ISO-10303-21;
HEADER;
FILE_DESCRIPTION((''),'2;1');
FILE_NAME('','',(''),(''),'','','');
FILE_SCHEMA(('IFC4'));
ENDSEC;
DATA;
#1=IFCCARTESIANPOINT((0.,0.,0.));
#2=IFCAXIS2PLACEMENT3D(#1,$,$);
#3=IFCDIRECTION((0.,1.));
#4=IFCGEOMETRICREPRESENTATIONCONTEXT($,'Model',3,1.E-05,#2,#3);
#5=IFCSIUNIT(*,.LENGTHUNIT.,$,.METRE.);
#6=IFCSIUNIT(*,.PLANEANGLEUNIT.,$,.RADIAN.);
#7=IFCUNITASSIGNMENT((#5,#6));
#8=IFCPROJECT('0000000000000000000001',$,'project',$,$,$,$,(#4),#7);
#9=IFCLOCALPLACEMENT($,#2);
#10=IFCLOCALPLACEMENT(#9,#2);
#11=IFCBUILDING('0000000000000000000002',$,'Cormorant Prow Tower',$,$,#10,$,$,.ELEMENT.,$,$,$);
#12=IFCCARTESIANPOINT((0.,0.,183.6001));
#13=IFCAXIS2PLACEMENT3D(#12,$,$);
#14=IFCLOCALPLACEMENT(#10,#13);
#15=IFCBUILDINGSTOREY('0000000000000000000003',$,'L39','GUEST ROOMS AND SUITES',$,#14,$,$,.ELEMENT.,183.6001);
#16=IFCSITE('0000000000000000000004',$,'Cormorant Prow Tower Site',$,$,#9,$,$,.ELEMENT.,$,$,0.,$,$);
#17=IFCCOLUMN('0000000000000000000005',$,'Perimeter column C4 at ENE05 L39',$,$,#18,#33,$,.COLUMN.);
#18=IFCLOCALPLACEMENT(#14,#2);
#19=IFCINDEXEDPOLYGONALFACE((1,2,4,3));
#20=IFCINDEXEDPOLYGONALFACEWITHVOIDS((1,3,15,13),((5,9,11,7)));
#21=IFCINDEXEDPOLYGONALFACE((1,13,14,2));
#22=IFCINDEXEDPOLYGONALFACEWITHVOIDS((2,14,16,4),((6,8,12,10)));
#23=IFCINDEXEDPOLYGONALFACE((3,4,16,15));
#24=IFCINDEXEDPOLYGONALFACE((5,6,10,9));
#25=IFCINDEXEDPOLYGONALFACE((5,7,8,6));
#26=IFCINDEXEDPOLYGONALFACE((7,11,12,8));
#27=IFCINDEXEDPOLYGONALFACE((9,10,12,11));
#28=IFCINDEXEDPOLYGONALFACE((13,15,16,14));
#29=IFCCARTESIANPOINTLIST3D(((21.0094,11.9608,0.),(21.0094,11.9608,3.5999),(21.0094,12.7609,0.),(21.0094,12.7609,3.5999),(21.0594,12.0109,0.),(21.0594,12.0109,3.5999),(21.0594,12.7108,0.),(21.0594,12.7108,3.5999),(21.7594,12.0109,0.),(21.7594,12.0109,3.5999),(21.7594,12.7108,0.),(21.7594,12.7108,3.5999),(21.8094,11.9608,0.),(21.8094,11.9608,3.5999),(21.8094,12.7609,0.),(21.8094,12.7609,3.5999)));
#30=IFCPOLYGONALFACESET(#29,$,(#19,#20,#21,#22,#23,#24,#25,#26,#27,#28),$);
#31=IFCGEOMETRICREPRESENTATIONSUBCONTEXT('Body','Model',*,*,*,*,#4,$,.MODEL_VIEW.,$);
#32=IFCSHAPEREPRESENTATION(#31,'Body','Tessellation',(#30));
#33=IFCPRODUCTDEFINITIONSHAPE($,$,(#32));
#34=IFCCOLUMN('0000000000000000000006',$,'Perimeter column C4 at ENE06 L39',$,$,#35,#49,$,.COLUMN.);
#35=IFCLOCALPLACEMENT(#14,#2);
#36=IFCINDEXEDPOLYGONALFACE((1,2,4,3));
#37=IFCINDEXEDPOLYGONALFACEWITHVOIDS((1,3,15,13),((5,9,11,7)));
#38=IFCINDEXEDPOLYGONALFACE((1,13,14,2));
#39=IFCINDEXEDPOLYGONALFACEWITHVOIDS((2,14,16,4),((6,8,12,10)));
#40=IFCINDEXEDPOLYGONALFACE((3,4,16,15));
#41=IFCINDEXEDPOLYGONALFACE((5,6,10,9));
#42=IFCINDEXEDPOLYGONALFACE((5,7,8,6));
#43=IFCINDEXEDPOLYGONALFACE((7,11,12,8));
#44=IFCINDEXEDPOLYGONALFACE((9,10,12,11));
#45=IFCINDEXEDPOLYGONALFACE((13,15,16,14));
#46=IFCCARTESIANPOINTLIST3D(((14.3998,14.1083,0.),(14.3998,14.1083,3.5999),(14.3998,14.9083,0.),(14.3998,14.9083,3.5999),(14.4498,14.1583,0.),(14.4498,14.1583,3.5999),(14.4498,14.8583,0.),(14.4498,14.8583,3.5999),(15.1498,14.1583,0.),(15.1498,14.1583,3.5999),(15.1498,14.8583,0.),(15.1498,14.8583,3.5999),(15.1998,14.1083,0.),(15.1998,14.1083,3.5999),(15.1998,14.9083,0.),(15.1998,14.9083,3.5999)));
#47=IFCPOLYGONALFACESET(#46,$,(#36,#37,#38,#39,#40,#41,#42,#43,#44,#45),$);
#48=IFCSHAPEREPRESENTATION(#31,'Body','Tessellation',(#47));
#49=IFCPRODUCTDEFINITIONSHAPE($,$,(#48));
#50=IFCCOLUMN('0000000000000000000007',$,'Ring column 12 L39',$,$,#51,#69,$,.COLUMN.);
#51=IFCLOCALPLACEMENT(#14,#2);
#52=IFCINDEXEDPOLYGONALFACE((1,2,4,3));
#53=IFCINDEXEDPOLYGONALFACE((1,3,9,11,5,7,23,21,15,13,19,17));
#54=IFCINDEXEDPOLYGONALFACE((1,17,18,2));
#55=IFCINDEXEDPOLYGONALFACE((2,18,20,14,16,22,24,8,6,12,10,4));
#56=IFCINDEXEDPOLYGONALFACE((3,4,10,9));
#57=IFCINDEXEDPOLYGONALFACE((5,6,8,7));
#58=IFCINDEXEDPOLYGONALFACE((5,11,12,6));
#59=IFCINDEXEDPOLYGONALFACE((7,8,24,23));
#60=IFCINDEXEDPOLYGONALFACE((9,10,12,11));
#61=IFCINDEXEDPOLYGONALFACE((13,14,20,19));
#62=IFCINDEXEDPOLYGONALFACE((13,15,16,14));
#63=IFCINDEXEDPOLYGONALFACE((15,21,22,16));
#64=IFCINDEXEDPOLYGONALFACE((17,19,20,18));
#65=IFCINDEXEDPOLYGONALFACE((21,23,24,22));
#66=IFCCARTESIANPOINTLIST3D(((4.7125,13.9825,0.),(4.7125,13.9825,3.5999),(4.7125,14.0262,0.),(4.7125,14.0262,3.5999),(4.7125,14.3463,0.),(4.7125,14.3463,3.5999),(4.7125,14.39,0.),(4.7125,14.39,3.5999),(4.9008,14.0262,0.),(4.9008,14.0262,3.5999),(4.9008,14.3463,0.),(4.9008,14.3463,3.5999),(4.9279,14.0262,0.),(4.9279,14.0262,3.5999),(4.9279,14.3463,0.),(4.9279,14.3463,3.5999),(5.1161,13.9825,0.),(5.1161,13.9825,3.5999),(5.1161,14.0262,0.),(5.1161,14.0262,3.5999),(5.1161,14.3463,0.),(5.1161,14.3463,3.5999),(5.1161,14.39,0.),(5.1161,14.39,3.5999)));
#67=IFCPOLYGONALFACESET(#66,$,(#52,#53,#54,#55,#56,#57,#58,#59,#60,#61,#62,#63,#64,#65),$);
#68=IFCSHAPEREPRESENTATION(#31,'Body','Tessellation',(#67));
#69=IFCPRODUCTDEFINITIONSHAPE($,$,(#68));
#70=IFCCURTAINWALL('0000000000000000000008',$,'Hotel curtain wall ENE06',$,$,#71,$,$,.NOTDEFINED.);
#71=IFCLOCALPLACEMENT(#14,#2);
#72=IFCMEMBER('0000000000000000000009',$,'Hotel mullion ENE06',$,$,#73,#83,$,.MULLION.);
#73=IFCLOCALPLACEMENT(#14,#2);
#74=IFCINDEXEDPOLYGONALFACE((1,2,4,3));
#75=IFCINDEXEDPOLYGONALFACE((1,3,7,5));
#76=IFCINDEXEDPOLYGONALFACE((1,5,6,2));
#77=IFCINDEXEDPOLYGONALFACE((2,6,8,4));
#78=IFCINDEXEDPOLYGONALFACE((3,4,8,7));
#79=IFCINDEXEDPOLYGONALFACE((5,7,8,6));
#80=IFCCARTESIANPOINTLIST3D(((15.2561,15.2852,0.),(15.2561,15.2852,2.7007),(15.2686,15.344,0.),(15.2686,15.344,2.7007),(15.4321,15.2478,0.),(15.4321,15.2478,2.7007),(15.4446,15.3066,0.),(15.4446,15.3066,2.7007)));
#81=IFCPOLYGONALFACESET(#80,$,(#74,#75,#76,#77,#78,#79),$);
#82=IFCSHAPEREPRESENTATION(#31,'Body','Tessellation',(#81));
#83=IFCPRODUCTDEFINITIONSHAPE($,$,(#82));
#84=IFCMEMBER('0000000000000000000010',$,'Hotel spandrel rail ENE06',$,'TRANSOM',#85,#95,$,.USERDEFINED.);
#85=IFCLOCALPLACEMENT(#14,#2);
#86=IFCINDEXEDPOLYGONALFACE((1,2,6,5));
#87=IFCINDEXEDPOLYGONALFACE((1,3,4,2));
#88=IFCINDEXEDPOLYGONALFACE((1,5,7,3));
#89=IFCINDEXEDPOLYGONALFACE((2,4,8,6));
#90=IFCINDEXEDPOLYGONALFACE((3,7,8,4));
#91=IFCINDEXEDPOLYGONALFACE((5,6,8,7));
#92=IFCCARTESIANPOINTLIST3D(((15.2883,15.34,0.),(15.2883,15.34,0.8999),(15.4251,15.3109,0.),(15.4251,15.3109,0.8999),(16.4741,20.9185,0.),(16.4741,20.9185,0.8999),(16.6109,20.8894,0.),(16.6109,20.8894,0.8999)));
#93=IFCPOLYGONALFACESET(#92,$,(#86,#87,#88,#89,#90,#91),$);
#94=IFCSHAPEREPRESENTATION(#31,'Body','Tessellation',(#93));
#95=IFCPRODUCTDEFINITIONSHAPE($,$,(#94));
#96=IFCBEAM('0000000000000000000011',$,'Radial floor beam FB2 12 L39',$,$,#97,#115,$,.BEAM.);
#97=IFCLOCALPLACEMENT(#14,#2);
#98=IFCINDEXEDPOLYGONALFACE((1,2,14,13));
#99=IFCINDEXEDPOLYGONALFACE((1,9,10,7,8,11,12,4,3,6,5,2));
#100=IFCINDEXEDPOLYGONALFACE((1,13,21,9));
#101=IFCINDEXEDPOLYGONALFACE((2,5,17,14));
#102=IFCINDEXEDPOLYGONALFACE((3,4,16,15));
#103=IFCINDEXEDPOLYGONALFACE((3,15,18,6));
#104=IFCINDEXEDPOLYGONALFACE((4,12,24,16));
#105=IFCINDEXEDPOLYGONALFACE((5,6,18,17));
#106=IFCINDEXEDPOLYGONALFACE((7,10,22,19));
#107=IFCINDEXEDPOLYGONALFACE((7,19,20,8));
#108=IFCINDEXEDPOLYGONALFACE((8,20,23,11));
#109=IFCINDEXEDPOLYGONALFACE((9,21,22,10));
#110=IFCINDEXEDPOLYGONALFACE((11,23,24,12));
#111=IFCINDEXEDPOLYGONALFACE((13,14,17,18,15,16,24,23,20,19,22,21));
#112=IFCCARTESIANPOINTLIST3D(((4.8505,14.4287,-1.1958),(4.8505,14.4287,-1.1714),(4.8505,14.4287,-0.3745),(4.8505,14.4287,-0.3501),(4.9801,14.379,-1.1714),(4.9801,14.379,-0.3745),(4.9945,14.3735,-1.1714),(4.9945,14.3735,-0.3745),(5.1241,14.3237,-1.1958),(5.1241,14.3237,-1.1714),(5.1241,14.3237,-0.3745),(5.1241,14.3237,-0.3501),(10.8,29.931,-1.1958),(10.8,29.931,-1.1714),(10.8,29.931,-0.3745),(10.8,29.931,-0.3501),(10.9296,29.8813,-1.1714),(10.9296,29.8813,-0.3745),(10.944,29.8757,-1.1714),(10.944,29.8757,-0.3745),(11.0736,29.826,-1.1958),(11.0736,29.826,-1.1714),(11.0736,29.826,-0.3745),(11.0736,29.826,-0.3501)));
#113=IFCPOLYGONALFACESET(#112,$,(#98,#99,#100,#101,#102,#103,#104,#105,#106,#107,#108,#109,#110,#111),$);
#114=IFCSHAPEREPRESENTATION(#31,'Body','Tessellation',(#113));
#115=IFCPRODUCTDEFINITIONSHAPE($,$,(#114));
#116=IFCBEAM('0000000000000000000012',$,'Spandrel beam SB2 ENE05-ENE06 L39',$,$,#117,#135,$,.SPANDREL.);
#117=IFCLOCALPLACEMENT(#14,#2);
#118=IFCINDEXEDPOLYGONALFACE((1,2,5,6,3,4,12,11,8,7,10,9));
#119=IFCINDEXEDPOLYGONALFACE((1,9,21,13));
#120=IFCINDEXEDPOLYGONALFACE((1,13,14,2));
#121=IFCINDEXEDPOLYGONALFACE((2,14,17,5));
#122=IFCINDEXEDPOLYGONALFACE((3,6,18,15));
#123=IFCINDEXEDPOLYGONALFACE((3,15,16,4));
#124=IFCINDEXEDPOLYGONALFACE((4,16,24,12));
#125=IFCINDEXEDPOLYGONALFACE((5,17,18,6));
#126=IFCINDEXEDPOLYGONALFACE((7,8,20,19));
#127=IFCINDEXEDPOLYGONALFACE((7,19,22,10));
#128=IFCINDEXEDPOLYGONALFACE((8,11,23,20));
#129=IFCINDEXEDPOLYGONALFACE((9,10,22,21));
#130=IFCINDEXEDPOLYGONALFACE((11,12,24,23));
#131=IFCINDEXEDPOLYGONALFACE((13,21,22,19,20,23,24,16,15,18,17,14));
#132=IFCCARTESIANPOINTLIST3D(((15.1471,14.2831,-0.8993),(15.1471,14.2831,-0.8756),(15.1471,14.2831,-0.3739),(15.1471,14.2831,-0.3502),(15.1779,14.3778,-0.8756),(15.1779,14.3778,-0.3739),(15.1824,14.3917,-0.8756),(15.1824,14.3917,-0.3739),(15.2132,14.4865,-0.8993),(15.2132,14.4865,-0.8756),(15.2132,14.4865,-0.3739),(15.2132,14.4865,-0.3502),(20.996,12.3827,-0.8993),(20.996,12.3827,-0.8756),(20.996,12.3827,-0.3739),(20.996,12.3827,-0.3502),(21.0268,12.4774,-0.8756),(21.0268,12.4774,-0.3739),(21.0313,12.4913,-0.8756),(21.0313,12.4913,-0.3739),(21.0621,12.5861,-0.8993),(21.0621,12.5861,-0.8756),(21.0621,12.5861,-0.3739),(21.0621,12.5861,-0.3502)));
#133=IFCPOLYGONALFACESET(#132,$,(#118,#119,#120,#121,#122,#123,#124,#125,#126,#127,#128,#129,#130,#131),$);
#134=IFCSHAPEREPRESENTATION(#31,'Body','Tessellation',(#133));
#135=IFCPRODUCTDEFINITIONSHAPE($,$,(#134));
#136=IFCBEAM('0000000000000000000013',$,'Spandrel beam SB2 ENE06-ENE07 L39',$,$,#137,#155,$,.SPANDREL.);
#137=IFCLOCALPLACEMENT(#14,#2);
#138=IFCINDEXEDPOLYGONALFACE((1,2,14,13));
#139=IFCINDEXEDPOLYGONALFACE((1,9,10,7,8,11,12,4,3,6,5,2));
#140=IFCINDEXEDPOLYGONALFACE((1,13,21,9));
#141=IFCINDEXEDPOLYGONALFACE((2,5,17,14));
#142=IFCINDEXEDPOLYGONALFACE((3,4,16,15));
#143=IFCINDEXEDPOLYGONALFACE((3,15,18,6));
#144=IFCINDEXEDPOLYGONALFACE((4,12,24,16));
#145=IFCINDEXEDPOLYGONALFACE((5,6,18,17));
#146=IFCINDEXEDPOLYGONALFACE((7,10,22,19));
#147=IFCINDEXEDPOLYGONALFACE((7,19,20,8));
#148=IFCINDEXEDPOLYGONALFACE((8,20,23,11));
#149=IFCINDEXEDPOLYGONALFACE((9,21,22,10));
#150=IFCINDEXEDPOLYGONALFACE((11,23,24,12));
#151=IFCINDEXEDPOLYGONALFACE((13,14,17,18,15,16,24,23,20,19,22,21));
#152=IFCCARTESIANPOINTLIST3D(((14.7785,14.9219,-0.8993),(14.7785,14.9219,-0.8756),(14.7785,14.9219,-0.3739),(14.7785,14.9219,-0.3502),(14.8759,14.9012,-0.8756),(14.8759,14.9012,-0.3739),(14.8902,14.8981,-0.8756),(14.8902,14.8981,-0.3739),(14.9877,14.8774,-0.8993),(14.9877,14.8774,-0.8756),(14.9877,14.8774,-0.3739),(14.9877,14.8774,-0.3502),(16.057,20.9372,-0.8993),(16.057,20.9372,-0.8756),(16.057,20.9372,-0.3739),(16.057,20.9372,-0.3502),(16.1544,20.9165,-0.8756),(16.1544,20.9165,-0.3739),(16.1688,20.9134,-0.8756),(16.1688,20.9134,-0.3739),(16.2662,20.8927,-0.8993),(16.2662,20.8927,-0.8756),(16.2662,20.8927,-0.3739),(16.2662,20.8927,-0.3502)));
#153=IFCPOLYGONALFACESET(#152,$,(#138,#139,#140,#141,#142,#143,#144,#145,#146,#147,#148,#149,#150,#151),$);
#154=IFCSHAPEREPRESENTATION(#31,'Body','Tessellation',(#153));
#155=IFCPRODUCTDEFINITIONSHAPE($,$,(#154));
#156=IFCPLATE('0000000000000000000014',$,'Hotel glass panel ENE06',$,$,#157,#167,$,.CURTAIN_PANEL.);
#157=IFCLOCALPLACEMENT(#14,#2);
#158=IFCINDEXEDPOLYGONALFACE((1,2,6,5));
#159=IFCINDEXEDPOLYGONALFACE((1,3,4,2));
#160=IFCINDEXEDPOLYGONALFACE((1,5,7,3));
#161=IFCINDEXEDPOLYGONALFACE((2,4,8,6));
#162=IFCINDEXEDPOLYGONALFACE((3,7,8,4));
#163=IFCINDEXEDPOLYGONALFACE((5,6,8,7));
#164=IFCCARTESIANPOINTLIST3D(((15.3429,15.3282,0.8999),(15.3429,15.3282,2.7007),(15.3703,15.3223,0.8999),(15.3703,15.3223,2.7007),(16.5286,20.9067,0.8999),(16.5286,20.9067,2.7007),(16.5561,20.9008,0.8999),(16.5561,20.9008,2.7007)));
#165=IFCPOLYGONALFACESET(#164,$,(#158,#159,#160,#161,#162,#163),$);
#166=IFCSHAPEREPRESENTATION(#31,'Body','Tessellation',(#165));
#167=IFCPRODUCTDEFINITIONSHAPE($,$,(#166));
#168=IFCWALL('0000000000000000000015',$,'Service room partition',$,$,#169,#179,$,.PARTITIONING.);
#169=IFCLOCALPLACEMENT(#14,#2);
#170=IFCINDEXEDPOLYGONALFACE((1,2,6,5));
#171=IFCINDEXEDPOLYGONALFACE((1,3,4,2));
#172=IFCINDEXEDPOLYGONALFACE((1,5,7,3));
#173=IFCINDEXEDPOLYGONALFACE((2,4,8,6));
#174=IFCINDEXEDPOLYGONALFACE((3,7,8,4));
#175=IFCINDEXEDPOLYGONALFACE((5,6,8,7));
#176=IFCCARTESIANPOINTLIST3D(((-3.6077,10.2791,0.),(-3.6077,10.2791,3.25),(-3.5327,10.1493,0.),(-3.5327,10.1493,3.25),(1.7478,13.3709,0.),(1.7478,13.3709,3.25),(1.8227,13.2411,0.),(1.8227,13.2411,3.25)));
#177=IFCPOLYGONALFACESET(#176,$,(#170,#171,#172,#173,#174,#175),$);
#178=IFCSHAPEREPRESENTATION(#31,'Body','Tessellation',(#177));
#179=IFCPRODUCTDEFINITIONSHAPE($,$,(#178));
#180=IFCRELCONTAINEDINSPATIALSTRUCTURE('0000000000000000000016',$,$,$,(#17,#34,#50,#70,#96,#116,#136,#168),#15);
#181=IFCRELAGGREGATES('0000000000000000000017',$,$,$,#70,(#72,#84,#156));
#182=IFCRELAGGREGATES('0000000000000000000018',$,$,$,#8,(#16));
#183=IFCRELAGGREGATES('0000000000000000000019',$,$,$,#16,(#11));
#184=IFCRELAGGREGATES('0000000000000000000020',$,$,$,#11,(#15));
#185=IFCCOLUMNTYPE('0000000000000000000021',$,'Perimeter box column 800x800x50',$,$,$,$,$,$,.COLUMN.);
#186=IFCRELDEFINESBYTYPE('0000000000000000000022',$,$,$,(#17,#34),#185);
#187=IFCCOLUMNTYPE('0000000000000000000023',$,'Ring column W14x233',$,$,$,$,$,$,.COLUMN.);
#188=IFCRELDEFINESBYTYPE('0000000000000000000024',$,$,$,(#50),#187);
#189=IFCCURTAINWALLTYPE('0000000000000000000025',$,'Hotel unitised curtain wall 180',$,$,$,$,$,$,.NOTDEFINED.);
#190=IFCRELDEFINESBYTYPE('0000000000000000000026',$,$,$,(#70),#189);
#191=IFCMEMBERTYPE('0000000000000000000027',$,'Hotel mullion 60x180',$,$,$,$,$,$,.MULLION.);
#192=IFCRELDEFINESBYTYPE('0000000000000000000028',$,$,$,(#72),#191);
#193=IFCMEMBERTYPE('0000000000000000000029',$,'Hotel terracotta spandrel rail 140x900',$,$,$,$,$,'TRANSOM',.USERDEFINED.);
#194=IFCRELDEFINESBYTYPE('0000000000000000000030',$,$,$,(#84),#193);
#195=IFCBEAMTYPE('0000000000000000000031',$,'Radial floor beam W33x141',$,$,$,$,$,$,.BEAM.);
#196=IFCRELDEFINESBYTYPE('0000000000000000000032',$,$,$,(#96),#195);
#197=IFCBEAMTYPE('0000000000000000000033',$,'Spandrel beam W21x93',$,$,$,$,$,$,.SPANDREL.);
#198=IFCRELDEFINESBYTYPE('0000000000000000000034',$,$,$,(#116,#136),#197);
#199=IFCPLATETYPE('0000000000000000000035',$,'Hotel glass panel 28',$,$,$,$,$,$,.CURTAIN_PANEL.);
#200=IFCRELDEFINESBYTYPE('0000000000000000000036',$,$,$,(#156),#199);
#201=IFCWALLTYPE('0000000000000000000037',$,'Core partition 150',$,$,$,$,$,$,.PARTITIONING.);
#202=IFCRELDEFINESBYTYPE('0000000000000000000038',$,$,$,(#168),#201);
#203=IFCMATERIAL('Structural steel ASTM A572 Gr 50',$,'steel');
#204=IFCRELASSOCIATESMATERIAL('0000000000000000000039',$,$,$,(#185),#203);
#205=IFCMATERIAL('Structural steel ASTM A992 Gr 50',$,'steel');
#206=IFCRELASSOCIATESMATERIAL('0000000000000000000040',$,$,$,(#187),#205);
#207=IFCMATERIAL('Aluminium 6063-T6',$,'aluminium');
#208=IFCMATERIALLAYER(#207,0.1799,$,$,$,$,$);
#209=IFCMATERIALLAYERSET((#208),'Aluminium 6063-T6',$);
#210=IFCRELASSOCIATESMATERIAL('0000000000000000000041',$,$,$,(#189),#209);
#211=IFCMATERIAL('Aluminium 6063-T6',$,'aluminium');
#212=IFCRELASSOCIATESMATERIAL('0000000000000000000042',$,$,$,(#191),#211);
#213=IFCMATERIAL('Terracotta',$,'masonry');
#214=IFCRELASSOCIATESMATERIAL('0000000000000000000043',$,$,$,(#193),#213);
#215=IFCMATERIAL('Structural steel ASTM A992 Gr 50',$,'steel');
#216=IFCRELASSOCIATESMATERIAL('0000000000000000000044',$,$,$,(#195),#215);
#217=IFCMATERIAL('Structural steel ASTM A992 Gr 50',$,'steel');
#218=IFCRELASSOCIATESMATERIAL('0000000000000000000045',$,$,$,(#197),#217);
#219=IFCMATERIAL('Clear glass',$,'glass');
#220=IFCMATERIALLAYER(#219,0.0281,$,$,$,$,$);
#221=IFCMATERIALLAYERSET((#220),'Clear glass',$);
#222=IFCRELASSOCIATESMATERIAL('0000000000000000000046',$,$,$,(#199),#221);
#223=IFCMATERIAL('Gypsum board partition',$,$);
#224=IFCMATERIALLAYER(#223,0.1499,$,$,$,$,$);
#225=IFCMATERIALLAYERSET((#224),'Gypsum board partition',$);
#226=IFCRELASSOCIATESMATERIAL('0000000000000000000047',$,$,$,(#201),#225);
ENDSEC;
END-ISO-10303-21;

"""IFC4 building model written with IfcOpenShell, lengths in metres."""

from ifc_helpers import new_model, si_unit, direction, frame, frame_2d, origin, origin_2d, place, context, subcontext, project, spatial, rectangle, hollow_rectangle, i_section, extrude, material, layer, layer_set, material_profile, profile_set, type_object, element, aggregate, save


model = new_model("IFC4")

# Units and contexts
model_context = context("Model", 3, precision=1e-05, world=origin(), true_north=direction((0.0, 1.0)))
body_context = subcontext(model_context, "Body", "Model", "MODEL_VIEW")
ifc_project = project(units=[si_unit("LENGTHUNIT", "METRE"), si_unit("PLANEANGLEUNIT", "RADIAN")], contexts=[model_context])

# Site, building, storey
site_placement = place(None, origin())
site = spatial("IfcSite", under=ifc_project, at=site_placement, Name="Cormorant Prow Tower Site", CompositionType="ELEMENT", RefElevation=0.0)
building_placement = place(site_placement, origin())
building = spatial("IfcBuilding", under=site, at=building_placement, Name="Cormorant Prow Tower", CompositionType="ELEMENT")
storey_placement = place(building_placement, frame((0.0, 0.0, 183.6001)))
storey = spatial("IfcBuildingStorey", under=building, at=storey_placement, Name="L39", Description="GUEST ROOMS AND SUITES", CompositionType="ELEMENT", Elevation=183.6001)

# Columns
ifc_material_1 = material(Name="Structural steel ASTM A572 Gr 50", Category="steel")
ifc_material_profile_1 = material_profile(ifc_material_1, hollow_rectangle(XDim=0.8, YDim=0.8, WallThickness=0.05, at=origin_2d()), Name="Box 800x800x50")
ifc_profile_set_1 = profile_set([ifc_material_profile_1], Name="Structural steel ASTM A572 Gr 50")
column_type_1 = type_object("IfcColumnType", Name="Perimeter box column 800x800x50", PredefinedType="COLUMN", material=ifc_profile_set_1)
for number, where, z_axis, x_axis, name in (
    (1, (21.4094, 12.3608, 0.0), (0.0, 0.0, 1.0), (1.0, 0.0, 0.0), "Perimeter column C4 at ENE05 L39"),
    (2, (14.7998, 14.5083, 0.0), (0.0, 0.0, 1.0), (1.0, 0.0, 0.0), "Perimeter column C4 at ENE06 L39"),
):
    element("IfcColumn", number, at=place(storey_placement, frame(where, z_axis=z_axis, x_axis=x_axis)), inside=storey, type_object=column_type_1, Name=name, PredefinedType="COLUMN", context=body_context, shape_type="SweptSolid", body=[
        extrude(hollow_rectangle(XDim=0.8, YDim=0.8, WallThickness=0.05, at=origin_2d()), origin(), (0.0, 0.0, 1.0), 3.5999),
    ])
ifc_material_2 = material(Name="Structural steel ASTM A992 Gr 50", Category="steel")
ifc_material_profile_2 = material_profile(ifc_material_2, i_section(OverallWidth=0.4036, OverallDepth=0.4075, WebThickness=0.0271, FlangeThickness=0.0437, at=origin_2d()), Name="W14x233")
ifc_profile_set_2 = profile_set([ifc_material_profile_2], Name="Structural steel ASTM A992 Gr 50")
column_type_2 = type_object("IfcColumnType", Name="Ring column W14x233", PredefinedType="COLUMN", material=ifc_profile_set_2)
column_placement = place(storey_placement, frame((4.9143, 14.1863, 0.0), z_axis=(0.0, 0.0, 1.0), x_axis=(1.0, 0.0, 0.0)))
element("IfcColumn", 3, at=column_placement, inside=storey, type_object=column_type_2, Name="Ring column 12 L39", PredefinedType="COLUMN", context=body_context, shape_type="SweptSolid", body=[
    extrude(i_section(OverallWidth=0.4036, OverallDepth=0.4075, WebThickness=0.0271, FlangeThickness=0.0437, at=origin_2d()), origin(), (0.0, 0.0, 1.0), 3.5999),
])

# Curtain wall, members
ifc_material_3 = material(Name="Aluminium 6063-T6", Category="aluminium")
ifc_layer_1 = layer(ifc_material_3, 0.1799)
ifc_layer_set_1 = layer_set([ifc_layer_1], Name="Aluminium 6063-T6")
curtain_wall_type = type_object("IfcCurtainWallType", Name="Hotel unitised curtain wall 180", PredefinedType="NOTDEFINED", material=ifc_layer_set_1)
curtain_wall_placement = place(storey_placement, origin())
curtain_wall = element("IfcCurtainWall", 4, at=curtain_wall_placement, inside=storey, type_object=curtain_wall_type, Name="Hotel curtain wall ENE06", PredefinedType="NOTDEFINED")
ifc_material_4 = material(Name="Aluminium 6063-T6", Category="aluminium")
ifc_material_profile_3 = material_profile(ifc_material_4, rectangle(XDim=0.1799, YDim=0.0601, at=origin_2d()), Name="Hotel mullion 60x180")
ifc_profile_set_3 = profile_set([ifc_material_profile_3], Name="Aluminium 6063-T6")
member_type_1 = type_object("IfcMemberType", Name="Hotel mullion 60x180", PredefinedType="MULLION", material=ifc_profile_set_3)
member_1_placement = place(storey_placement, frame((15.3503, 15.2959, 0.0), z_axis=(0.0, 0.0, 1.0), x_axis=(-0.978148, 0.207912, 0.0)))
member_1 = element("IfcMember", 5, at=member_1_placement, type_object=member_type_1, Name="Hotel mullion ENE06", PredefinedType="MULLION", context=body_context, shape_type="SweptSolid", body=[
    extrude(rectangle(XDim=0.1799, YDim=0.0601, at=origin_2d()), origin(), (0.0, 0.0, 1.0), 2.7007),
])
ifc_material_5 = material(Name="Terracotta", Category="masonry")
ifc_material_profile_4 = material_profile(ifc_material_5, rectangle(XDim=0.1399, YDim=0.8999, at=origin_2d()), Name="Hotel terracotta spandrel rail 140x900")
ifc_profile_set_4 = profile_set([ifc_material_profile_4], Name="Terracotta")
member_type_2 = type_object("IfcMemberType", Name="Hotel terracotta spandrel rail 140x900", ElementType="TRANSOM", PredefinedType="USERDEFINED", material=ifc_profile_set_4)
member_2_placement = place(storey_placement, frame((15.3567, 15.3254, 0.45), z_axis=(0.207924, 0.978145, 0.0), x_axis=(-0.978145, 0.207924, 0.0)))
member_2 = element("IfcMember", 6, at=member_2_placement, type_object=member_type_2, Name="Hotel spandrel rail ENE06", ObjectType="TRANSOM", PredefinedType="USERDEFINED", context=body_context, shape_type="SweptSolid", body=[
    extrude(rectangle(XDim=0.1399, YDim=0.8999, at=origin_2d()), origin(), (0.0, 0.0, 1.0), 5.7031),
])

# Beams
ifc_material_6 = material(Name="Structural steel ASTM A992 Gr 50", Category="steel")
ifc_material_profile_5 = material_profile(ifc_material_6, i_section(OverallWidth=0.293, OverallDepth=0.8457, WebThickness=0.0154, FlangeThickness=0.0244, at=origin_2d()), Name="W33x141")
ifc_profile_set_5 = profile_set([ifc_material_profile_5], Name="Structural steel ASTM A992 Gr 50")
beam_type_1 = type_object("IfcBeamType", Name="Radial floor beam W33x141", PredefinedType="BEAM", material=ifc_profile_set_5)
beam_1_placement = place(storey_placement, frame((4.9873, 14.3762, -0.7729), z_axis=(0.358301, 0.933606, 0.0), x_axis=(-0.933606, 0.358301, 0.0)))
element("IfcBeam", 7, at=beam_1_placement, inside=storey, type_object=beam_type_1, Name="Radial floor beam FB2 12 L39", PredefinedType="BEAM", context=body_context, shape_type="SweptSolid", body=[
    extrude(i_section(OverallWidth=0.293, OverallDepth=0.8457, WebThickness=0.0154, FlangeThickness=0.0244, at=origin_2d()), origin(), (0.0, 0.0, 1.0), 16.6047),
])
ifc_material_7 = material(Name="Structural steel ASTM A992 Gr 50", Category="steel")
ifc_material_profile_6 = material_profile(ifc_material_7, i_section(OverallWidth=0.2139, OverallDepth=0.5491, WebThickness=0.0146, FlangeThickness=0.0237, at=origin_2d()), Name="W21x93")
ifc_profile_set_6 = profile_set([ifc_material_profile_6], Name="Structural steel ASTM A992 Gr 50")
beam_type_2 = type_object("IfcBeamType", Name="Spandrel beam W21x93", PredefinedType="SPANDREL", material=ifc_profile_set_6)
beam_2_placement = place(storey_placement, frame((21.0291, 12.4844, -0.6248), z_axis=(-0.951058, 0.309013, 0.0), x_axis=(-0.309013, -0.951058, 0.0)))
element("IfcBeam", 8, at=beam_2_placement, inside=storey, type_object=beam_type_2, Name="Spandrel beam SB2 ENE05-ENE06 L39", PredefinedType="SPANDREL", context=body_context, shape_type="SweptSolid", body=[
    extrude(i_section(OverallWidth=0.2139, OverallDepth=0.5491, WebThickness=0.0146, FlangeThickness=0.0237, at=origin_2d()), origin(), (0.0, 0.0, 1.0), 6.1499),
])
beam_3_placement = place(storey_placement, frame((14.8831, 14.8997, -0.6248), z_axis=(0.207905, 0.978149, 0.0), x_axis=(-0.978149, 0.207905, 0.0)))
element("IfcBeam", 9, at=beam_3_placement, inside=storey, type_object=beam_type_2, Name="Spandrel beam SB2 ENE06-ENE07 L39", PredefinedType="SPANDREL", context=body_context, shape_type="SweptSolid", body=[
    extrude(i_section(OverallWidth=0.2139, OverallDepth=0.5491, WebThickness=0.0146, FlangeThickness=0.0237, at=origin_2d()), origin(), (0.0, 0.0, 1.0), 6.1497),
])

# Plate
ifc_material_8 = material(Name="Clear glass", Category="glass")
ifc_layer_2 = layer(ifc_material_8, 0.0281)
ifc_layer_set_2 = layer_set([ifc_layer_2], Name="Clear glass")
plate_type = type_object("IfcPlateType", Name="Hotel glass panel 28", PredefinedType="CURTAIN_PANEL", material=ifc_layer_set_2)
plate_placement = place(storey_placement, frame((15.9495, 18.1145, 0.8999), z_axis=(0.0, 0.0, 1.0), x_axis=(0.207912, 0.978148, 0.0)))
plate = element("IfcPlate", 10, at=plate_placement, type_object=plate_type, Name="Hotel glass panel ENE06", PredefinedType="CURTAIN_PANEL", context=body_context, shape_type="SweptSolid", body=[
    extrude(rectangle(XDim=5.7031, YDim=0.0281, at=origin_2d()), origin(), (0.0, 0.0, 1.0), 1.8008),
])
aggregate(curtain_wall, [member_1, member_2, plate])

# Wall
ifc_material_9 = material(Name="Gypsum board partition")
ifc_layer_3 = layer(ifc_material_9, 0.1499)
ifc_layer_set_3 = layer_set([ifc_layer_3], Name="Gypsum board partition")
wall_type_1 = type_object("IfcWallType", Name="Core partition 150", PredefinedType="PARTITIONING", material=ifc_layer_set_3)
wall_1_placement = place(storey_placement, frame((1.7852, 13.3059, 0.0), z_axis=(0.0, 0.0, 1.0), x_axis=(-0.866038, -0.499978, 0.0)))
element("IfcWall", 11, at=wall_1_placement, inside=storey, type_object=wall_type_1, Name="Service room partition", PredefinedType="PARTITIONING", context=body_context, shape_type="SweptSolid", body=[
    extrude(rectangle(XDim=6.1838, YDim=0.1499, at=frame_2d((3.0918, 0.0))), origin(), (0.0, 0.0, 1.0), 3.25),
])

save(model, "model.ifc")
